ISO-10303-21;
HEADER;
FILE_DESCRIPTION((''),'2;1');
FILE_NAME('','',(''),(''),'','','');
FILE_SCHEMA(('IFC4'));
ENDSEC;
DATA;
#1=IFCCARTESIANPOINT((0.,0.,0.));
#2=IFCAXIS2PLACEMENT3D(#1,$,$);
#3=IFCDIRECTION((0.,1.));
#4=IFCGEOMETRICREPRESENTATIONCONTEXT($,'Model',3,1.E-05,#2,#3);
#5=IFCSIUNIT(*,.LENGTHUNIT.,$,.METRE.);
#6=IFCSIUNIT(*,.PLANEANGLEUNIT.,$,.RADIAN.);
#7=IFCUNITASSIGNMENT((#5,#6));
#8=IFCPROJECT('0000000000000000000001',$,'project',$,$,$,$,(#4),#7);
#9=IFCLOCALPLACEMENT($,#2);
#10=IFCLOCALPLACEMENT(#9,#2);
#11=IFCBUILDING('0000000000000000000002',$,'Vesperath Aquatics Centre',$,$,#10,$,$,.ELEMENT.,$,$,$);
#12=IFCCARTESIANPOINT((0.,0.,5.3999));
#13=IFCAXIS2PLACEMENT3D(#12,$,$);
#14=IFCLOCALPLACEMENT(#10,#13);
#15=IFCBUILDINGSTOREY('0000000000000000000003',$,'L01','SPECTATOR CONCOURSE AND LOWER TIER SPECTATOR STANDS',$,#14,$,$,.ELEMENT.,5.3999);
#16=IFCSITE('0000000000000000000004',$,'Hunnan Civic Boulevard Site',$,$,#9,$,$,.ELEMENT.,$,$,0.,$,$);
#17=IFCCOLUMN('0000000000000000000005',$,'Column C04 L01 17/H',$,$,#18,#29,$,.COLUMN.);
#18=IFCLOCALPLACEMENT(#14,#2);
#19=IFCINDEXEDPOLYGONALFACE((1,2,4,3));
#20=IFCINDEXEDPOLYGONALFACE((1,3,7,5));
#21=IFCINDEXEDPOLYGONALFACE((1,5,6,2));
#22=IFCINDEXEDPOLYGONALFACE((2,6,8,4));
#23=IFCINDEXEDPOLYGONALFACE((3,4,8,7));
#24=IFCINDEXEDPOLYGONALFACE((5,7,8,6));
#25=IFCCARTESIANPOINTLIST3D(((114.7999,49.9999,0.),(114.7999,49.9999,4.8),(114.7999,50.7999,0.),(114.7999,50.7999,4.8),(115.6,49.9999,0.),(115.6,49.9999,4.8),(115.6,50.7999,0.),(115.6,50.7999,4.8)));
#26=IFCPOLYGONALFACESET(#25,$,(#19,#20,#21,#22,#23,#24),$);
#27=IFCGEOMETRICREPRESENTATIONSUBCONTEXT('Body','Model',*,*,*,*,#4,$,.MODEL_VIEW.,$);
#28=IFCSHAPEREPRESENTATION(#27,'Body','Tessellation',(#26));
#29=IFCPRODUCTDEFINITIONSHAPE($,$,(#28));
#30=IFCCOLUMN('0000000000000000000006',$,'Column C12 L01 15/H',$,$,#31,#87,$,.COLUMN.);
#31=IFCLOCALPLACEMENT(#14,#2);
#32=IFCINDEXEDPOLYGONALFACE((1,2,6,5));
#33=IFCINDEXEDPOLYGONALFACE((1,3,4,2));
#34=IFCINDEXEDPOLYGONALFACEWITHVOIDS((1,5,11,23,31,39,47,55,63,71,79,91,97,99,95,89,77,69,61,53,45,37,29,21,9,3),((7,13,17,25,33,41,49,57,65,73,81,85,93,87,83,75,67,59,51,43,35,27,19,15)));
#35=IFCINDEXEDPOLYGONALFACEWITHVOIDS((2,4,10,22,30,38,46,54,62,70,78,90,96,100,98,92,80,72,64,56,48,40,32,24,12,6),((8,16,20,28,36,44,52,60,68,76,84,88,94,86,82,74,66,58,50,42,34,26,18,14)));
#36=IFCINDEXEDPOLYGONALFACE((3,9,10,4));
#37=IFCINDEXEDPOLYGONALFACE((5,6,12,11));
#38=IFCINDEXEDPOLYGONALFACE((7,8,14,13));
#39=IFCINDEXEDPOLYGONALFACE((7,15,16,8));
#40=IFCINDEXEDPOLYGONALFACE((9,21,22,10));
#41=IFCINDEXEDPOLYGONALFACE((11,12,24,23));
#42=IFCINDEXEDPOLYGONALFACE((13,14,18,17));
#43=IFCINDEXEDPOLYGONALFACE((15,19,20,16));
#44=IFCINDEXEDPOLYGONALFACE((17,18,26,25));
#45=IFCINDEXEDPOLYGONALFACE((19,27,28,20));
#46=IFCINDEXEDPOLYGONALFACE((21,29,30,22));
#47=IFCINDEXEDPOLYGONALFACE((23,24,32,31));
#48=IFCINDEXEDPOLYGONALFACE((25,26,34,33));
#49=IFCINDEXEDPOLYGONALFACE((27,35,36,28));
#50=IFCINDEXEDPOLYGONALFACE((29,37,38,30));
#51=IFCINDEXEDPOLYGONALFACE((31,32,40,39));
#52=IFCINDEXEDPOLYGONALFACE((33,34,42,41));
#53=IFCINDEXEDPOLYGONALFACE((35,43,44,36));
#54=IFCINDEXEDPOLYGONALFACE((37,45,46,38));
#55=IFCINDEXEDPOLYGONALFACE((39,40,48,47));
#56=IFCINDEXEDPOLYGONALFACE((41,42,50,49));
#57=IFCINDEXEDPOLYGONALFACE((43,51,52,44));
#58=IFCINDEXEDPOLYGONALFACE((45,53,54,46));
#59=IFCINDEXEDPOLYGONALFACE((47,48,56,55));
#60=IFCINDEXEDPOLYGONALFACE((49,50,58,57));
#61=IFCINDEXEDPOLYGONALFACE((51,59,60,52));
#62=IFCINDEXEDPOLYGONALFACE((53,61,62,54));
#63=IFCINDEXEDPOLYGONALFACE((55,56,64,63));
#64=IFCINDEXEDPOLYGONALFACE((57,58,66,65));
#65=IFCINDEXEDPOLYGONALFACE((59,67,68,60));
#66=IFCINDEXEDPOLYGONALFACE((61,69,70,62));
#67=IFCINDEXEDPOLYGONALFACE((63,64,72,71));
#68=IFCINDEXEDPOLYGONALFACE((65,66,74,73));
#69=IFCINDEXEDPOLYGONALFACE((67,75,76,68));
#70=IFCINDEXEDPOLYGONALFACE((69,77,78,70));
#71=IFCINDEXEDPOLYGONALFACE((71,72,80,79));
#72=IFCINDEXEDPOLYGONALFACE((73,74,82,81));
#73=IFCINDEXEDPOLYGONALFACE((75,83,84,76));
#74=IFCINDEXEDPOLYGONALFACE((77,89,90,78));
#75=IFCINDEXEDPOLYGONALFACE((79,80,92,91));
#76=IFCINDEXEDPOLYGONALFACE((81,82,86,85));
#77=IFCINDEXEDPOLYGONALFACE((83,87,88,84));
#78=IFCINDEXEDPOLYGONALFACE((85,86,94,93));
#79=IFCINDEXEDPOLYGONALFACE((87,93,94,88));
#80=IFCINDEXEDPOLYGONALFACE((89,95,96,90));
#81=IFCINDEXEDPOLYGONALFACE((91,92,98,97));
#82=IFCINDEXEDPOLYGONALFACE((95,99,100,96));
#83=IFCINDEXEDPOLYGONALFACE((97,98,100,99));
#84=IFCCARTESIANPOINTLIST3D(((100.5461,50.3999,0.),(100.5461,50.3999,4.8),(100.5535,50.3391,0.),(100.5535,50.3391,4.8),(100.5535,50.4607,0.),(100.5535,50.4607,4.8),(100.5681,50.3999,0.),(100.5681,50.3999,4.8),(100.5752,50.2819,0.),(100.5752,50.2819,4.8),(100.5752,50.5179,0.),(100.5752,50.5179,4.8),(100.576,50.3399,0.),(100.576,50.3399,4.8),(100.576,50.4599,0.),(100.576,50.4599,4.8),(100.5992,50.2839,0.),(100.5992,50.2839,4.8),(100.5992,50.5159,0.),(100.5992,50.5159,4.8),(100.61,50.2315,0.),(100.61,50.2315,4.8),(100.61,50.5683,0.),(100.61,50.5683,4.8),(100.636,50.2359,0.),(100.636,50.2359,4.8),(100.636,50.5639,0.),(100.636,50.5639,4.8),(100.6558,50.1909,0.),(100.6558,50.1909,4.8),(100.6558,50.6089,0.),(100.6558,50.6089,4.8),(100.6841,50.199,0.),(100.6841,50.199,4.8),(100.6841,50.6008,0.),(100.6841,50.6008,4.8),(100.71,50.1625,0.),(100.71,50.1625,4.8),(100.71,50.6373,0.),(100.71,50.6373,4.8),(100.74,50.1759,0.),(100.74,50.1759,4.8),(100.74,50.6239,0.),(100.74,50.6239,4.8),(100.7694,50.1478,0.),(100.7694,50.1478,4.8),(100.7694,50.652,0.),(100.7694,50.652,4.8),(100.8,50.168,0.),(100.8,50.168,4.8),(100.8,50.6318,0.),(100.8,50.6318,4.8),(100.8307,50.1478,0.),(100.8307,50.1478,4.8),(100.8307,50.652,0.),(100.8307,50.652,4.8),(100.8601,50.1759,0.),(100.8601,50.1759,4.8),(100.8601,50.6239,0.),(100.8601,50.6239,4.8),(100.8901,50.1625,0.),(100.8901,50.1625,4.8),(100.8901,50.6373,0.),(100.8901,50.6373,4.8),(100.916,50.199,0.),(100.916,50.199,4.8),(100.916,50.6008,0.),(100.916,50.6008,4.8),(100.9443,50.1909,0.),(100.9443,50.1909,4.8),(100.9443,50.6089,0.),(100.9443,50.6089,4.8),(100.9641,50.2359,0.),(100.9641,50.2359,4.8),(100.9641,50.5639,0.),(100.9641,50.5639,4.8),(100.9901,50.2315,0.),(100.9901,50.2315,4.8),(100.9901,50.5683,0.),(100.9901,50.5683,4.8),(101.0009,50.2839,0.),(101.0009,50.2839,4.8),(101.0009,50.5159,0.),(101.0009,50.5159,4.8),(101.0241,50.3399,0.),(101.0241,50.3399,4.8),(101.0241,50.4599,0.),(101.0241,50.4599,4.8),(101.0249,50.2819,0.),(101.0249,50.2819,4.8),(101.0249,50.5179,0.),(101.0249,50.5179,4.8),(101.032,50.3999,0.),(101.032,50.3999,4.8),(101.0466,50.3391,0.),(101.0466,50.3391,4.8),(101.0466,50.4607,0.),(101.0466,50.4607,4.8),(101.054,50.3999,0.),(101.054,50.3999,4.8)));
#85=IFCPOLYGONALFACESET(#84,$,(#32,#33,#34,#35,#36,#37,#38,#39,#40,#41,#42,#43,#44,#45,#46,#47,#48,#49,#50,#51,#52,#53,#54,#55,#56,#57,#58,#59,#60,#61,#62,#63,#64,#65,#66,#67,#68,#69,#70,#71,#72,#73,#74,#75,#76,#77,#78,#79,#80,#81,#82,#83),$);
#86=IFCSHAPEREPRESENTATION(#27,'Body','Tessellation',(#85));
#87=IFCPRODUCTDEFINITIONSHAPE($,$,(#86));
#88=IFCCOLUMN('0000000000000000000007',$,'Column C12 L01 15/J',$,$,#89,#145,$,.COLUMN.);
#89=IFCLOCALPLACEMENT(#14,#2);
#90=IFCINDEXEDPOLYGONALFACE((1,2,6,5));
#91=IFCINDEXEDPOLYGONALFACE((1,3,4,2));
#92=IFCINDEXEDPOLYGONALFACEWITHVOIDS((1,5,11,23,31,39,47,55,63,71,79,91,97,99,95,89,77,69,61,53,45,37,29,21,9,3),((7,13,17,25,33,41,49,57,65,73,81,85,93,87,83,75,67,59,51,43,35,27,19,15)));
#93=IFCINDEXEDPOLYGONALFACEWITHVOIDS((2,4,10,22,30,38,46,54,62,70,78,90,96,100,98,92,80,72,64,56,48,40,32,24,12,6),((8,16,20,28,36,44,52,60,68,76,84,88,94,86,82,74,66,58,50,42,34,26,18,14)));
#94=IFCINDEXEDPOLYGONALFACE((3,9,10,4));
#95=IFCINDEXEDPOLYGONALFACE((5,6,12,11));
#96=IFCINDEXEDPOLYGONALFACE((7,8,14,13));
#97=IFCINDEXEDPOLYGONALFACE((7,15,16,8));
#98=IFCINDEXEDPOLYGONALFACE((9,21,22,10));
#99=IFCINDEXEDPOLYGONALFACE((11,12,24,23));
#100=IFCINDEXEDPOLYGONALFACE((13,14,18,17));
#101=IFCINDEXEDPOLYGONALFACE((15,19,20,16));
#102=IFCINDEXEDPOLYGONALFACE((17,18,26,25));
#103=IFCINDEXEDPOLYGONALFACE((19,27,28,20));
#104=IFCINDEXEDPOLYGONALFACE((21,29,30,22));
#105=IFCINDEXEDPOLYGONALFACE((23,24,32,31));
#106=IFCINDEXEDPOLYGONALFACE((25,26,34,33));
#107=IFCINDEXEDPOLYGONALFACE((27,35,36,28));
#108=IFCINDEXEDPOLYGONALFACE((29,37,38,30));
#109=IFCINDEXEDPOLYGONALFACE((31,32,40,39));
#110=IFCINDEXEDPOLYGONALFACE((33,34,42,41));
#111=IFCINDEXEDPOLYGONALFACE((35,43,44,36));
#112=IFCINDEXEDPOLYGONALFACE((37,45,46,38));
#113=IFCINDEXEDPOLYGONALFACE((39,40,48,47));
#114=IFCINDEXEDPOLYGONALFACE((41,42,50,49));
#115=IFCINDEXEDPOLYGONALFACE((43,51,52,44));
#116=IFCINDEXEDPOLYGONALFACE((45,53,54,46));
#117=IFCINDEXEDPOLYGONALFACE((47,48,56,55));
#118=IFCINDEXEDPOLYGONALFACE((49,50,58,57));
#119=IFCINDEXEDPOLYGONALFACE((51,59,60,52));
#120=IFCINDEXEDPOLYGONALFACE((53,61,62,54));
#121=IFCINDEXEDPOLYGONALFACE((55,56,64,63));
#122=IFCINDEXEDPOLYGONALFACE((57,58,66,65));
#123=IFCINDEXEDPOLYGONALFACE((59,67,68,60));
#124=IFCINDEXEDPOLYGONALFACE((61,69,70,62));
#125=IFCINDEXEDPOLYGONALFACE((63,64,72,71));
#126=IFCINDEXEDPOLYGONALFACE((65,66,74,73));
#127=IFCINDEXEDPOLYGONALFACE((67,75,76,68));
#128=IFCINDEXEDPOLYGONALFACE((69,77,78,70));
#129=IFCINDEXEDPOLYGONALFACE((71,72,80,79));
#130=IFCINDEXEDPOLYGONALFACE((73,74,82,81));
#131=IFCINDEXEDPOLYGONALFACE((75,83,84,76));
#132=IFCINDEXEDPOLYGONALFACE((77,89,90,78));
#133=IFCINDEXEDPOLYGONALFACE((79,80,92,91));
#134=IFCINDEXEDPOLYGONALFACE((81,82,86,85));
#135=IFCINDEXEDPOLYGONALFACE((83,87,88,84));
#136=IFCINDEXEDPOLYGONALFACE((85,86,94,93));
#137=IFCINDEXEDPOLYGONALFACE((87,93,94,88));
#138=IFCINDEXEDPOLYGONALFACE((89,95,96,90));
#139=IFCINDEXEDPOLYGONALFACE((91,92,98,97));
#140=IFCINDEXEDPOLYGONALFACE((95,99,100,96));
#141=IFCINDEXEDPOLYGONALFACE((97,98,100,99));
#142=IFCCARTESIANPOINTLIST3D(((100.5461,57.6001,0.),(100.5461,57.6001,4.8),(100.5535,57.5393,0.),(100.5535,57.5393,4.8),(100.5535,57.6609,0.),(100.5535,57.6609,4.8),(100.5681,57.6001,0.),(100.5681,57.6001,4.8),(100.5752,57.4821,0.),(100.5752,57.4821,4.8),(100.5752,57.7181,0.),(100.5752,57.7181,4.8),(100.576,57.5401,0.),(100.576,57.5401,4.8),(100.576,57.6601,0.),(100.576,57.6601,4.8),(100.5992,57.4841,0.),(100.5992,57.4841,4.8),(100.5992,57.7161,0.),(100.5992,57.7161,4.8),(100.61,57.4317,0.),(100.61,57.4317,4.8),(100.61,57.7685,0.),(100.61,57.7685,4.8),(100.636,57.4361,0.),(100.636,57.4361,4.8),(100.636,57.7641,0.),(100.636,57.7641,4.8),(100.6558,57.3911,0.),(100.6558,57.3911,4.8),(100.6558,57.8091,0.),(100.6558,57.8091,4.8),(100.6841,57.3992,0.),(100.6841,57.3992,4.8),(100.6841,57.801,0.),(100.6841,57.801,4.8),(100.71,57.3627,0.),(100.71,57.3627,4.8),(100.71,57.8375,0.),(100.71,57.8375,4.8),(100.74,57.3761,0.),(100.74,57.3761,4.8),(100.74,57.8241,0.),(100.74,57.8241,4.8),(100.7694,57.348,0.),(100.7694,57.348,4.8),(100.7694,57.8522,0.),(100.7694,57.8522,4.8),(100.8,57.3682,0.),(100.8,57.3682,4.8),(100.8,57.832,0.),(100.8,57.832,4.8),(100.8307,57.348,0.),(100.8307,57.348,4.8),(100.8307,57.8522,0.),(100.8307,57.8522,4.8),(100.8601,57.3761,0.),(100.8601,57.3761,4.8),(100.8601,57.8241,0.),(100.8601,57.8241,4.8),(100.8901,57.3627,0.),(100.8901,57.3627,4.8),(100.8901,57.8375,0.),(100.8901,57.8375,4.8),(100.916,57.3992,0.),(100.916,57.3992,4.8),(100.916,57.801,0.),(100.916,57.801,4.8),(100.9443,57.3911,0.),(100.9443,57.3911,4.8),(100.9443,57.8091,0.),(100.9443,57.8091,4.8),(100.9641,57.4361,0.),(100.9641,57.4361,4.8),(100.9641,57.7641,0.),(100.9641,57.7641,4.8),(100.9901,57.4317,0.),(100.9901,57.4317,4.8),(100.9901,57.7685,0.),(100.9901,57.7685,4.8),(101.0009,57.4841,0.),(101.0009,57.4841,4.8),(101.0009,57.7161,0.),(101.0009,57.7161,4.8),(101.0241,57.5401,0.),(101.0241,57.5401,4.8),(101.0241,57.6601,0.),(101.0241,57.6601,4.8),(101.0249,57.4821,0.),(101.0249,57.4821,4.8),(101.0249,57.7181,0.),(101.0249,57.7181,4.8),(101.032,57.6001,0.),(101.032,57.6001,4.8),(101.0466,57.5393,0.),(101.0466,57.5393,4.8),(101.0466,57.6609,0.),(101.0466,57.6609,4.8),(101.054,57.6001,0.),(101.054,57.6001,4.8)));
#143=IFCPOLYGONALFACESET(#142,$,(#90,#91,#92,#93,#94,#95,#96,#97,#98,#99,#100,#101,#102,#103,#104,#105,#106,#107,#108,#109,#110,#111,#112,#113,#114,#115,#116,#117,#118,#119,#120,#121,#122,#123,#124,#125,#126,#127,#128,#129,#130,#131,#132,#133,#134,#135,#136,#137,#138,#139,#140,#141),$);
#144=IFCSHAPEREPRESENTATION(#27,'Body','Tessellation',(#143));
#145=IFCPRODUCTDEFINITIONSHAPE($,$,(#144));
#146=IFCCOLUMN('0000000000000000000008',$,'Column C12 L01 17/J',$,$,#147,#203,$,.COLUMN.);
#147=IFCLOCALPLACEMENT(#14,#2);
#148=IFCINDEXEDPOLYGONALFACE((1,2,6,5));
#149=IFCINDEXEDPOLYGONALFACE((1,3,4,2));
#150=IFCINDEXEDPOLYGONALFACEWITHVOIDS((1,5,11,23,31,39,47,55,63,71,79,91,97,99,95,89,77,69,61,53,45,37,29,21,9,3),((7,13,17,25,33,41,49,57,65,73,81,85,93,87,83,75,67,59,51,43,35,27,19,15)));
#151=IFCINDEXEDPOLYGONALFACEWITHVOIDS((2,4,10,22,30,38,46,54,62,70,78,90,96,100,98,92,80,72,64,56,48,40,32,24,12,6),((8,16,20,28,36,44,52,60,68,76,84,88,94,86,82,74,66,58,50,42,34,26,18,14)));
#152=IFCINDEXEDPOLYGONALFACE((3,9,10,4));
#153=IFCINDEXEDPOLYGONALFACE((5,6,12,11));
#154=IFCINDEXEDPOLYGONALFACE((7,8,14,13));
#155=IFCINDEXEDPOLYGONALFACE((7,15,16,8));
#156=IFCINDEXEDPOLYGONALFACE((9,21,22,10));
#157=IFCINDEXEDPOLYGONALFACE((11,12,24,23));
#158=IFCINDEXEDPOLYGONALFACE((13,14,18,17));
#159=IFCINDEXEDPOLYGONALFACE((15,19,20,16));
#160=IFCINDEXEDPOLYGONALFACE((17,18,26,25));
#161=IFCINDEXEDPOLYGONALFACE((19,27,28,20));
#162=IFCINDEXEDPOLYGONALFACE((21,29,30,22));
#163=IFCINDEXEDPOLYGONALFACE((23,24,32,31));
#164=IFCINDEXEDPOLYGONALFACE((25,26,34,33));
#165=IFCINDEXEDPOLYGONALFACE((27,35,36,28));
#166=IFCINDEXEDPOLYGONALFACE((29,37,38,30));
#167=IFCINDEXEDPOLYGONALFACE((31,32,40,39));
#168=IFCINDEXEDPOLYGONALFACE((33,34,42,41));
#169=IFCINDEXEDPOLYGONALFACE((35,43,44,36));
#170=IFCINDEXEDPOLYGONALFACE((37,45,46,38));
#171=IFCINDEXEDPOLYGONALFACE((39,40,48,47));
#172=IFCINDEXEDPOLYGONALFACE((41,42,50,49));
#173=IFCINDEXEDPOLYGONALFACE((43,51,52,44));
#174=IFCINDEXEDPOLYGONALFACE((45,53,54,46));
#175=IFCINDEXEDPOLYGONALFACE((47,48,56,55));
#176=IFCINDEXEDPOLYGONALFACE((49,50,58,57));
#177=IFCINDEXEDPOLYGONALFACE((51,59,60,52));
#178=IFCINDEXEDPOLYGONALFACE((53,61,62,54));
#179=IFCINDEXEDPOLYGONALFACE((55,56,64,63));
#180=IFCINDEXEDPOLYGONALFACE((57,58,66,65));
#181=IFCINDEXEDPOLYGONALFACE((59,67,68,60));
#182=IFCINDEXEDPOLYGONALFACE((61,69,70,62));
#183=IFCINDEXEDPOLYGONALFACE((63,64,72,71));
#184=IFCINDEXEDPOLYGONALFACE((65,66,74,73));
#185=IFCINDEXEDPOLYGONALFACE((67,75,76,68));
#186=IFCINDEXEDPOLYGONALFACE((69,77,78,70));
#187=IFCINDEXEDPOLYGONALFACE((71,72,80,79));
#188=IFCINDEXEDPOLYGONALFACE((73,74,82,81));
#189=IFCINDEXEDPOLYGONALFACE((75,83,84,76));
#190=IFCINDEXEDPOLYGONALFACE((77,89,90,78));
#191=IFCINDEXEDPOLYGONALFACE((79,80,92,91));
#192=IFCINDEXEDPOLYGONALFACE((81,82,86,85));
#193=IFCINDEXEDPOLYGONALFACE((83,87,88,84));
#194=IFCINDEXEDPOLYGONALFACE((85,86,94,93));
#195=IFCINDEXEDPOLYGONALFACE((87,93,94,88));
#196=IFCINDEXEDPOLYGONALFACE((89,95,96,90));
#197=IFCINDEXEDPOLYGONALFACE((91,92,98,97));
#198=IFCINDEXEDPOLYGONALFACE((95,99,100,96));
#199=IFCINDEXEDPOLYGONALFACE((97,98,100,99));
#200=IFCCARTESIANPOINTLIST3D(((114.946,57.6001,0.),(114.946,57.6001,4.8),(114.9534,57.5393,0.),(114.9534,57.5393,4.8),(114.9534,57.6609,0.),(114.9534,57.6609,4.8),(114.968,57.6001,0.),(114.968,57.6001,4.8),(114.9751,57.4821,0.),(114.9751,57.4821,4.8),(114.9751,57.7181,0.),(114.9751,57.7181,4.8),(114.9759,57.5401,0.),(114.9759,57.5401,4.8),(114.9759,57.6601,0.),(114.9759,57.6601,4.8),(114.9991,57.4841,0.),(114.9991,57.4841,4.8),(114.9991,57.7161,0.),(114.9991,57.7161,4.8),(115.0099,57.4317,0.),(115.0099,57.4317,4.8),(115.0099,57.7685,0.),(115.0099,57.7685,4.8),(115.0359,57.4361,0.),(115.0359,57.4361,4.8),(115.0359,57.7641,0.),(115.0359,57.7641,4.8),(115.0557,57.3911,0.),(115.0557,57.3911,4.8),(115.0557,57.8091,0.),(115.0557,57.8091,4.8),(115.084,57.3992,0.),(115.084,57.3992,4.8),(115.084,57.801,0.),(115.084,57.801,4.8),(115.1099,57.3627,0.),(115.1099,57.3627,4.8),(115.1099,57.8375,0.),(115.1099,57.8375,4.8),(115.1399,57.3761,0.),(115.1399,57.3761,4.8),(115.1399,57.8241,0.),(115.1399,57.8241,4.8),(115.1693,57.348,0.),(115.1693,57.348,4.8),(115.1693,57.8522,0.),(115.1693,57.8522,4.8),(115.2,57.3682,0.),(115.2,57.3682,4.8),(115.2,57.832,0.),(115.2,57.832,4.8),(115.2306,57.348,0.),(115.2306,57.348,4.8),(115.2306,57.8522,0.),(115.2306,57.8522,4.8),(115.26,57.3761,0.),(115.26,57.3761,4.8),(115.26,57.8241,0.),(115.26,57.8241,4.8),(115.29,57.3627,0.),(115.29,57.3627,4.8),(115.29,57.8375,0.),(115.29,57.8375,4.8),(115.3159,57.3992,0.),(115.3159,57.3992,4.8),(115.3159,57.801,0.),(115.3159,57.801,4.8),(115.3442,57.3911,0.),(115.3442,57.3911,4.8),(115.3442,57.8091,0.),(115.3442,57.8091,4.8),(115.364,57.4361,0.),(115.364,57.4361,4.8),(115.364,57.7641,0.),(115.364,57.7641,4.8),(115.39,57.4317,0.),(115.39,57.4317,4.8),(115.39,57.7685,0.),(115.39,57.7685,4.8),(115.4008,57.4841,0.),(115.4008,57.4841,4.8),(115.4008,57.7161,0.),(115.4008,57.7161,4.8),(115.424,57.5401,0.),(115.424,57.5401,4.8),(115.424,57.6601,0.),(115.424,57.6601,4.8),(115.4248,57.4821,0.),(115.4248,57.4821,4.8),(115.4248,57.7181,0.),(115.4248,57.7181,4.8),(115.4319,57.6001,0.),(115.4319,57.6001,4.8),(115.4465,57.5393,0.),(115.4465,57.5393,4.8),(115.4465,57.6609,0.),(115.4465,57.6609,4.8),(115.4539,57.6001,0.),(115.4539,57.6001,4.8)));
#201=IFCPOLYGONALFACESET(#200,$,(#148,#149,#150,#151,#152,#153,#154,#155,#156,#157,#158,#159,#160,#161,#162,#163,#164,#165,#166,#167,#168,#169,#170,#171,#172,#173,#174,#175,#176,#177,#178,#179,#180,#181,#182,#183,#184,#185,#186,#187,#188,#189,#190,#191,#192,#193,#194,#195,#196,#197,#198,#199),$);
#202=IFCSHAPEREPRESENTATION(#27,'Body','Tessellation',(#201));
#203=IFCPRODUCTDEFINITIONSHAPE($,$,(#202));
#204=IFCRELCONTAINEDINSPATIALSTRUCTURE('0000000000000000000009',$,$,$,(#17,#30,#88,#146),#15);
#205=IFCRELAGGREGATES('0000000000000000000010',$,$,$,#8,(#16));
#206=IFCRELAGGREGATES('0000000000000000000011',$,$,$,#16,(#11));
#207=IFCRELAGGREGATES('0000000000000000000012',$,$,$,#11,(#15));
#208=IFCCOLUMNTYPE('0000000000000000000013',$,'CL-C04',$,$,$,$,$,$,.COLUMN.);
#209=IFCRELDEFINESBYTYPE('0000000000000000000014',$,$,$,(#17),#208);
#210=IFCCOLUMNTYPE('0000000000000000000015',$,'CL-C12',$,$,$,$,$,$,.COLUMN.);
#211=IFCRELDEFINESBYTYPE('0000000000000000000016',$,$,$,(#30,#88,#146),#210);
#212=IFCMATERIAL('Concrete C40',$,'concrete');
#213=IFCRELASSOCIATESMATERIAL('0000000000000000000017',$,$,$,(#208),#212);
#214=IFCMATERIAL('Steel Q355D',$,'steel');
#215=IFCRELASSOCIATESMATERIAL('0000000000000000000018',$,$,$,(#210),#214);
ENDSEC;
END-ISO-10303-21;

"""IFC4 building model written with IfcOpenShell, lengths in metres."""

from ifc_helpers import new_model, si_unit, direction, frame, origin, origin_2d, place, context, subcontext, project, spatial, rectangle, hollow_circle, extrude, material, material_profile, profile_set, type_object, element, save


model = new_model("IFC4")

# Units and contexts
model_context = context("Model", 3, precision=1e-05, world=origin(), true_north=direction((0.0, 1.0)))
body_context = subcontext(model_context, "Body", "Model", "MODEL_VIEW")
ifc_project = project(units=[si_unit("LENGTHUNIT", "METRE"), si_unit("PLANEANGLEUNIT", "RADIAN")], contexts=[model_context])

# Site, building, storey
site_placement = place(None, origin())
site = spatial("IfcSite", under=ifc_project, at=site_placement, Name="Hunnan Civic Boulevard Site", CompositionType="ELEMENT", RefElevation=0.0)
building_placement = place(site_placement, origin())
building = spatial("IfcBuilding", under=site, at=building_placement, Name="Vesperath Aquatics Centre", CompositionType="ELEMENT")
storey_placement = place(building_placement, frame((0.0, 0.0, 5.3999)))
storey = spatial("IfcBuildingStorey", under=building, at=storey_placement, Name="L01", Description="SPECTATOR CONCOURSE AND LOWER TIER SPECTATOR STANDS", CompositionType="ELEMENT", Elevation=5.3999)

# Columns
ifc_material_1 = material(Name="Concrete C40", Category="concrete")
ifc_material_profile_1 = material_profile(ifc_material_1, rectangle(XDim=0.8, YDim=0.8, at=origin_2d()), Name="RC 800x800")
ifc_profile_set_1 = profile_set([ifc_material_profile_1], Name="Concrete C40")
column_type_1 = type_object("IfcColumnType", Name="CL-C04", PredefinedType="COLUMN", material=ifc_profile_set_1)
column_placement = place(storey_placement, frame((115.2, 50.3999, 0.0), z_axis=(0.0, 0.0, 1.0), x_axis=(1.0, 0.0, 0.0)))
element("IfcColumn", 1, at=column_placement, inside=storey, type_object=column_type_1, Name="Column C04 L01 17/H", PredefinedType="COLUMN", context=body_context, shape_type="SweptSolid", body=[
    extrude(rectangle(XDim=0.8, YDim=0.8, at=origin_2d()), origin(), (0.0, 0.0, 1.0), 4.8),
])
ifc_material_2 = material(Name="Steel Q355D", Category="steel")
ifc_material_profile_2 = material_profile(ifc_material_2, hollow_circle(Radius=0.2539, WallThickness=0.022, at=origin_2d()), Name="CHS 508.0x22")
ifc_profile_set_2 = profile_set([ifc_material_profile_2], Name="Steel Q355D")
column_type_2 = type_object("IfcColumnType", Name="CL-C12", PredefinedType="COLUMN", material=ifc_profile_set_2)
for number, where, z_axis, x_axis, name in (
    (2, (100.8, 50.3999, 0.0), (0.0, 0.0, 1.0), (1.0, 0.0, 0.0), "Column C12 L01 15/H"),
    (3, (100.8, 57.6001, 0.0), (0.0, 0.0, 1.0), (1.0, 0.0, 0.0), "Column C12 L01 15/J"),
    (4, (115.2, 57.6001, 0.0), (0.0, 0.0, 1.0), (1.0, 0.0, 0.0), "Column C12 L01 17/J"),
):
    element("IfcColumn", number, at=place(storey_placement, frame(where, z_axis=z_axis, x_axis=x_axis)), inside=storey, type_object=column_type_2, Name=name, PredefinedType="COLUMN", context=body_context, shape_type="SweptSolid", body=[
        extrude(hollow_circle(Radius=0.2539, WallThickness=0.022, at=origin_2d()), origin(), (0.0, 0.0, 1.0), 4.8),
    ])

save(model, "model.ifc")
